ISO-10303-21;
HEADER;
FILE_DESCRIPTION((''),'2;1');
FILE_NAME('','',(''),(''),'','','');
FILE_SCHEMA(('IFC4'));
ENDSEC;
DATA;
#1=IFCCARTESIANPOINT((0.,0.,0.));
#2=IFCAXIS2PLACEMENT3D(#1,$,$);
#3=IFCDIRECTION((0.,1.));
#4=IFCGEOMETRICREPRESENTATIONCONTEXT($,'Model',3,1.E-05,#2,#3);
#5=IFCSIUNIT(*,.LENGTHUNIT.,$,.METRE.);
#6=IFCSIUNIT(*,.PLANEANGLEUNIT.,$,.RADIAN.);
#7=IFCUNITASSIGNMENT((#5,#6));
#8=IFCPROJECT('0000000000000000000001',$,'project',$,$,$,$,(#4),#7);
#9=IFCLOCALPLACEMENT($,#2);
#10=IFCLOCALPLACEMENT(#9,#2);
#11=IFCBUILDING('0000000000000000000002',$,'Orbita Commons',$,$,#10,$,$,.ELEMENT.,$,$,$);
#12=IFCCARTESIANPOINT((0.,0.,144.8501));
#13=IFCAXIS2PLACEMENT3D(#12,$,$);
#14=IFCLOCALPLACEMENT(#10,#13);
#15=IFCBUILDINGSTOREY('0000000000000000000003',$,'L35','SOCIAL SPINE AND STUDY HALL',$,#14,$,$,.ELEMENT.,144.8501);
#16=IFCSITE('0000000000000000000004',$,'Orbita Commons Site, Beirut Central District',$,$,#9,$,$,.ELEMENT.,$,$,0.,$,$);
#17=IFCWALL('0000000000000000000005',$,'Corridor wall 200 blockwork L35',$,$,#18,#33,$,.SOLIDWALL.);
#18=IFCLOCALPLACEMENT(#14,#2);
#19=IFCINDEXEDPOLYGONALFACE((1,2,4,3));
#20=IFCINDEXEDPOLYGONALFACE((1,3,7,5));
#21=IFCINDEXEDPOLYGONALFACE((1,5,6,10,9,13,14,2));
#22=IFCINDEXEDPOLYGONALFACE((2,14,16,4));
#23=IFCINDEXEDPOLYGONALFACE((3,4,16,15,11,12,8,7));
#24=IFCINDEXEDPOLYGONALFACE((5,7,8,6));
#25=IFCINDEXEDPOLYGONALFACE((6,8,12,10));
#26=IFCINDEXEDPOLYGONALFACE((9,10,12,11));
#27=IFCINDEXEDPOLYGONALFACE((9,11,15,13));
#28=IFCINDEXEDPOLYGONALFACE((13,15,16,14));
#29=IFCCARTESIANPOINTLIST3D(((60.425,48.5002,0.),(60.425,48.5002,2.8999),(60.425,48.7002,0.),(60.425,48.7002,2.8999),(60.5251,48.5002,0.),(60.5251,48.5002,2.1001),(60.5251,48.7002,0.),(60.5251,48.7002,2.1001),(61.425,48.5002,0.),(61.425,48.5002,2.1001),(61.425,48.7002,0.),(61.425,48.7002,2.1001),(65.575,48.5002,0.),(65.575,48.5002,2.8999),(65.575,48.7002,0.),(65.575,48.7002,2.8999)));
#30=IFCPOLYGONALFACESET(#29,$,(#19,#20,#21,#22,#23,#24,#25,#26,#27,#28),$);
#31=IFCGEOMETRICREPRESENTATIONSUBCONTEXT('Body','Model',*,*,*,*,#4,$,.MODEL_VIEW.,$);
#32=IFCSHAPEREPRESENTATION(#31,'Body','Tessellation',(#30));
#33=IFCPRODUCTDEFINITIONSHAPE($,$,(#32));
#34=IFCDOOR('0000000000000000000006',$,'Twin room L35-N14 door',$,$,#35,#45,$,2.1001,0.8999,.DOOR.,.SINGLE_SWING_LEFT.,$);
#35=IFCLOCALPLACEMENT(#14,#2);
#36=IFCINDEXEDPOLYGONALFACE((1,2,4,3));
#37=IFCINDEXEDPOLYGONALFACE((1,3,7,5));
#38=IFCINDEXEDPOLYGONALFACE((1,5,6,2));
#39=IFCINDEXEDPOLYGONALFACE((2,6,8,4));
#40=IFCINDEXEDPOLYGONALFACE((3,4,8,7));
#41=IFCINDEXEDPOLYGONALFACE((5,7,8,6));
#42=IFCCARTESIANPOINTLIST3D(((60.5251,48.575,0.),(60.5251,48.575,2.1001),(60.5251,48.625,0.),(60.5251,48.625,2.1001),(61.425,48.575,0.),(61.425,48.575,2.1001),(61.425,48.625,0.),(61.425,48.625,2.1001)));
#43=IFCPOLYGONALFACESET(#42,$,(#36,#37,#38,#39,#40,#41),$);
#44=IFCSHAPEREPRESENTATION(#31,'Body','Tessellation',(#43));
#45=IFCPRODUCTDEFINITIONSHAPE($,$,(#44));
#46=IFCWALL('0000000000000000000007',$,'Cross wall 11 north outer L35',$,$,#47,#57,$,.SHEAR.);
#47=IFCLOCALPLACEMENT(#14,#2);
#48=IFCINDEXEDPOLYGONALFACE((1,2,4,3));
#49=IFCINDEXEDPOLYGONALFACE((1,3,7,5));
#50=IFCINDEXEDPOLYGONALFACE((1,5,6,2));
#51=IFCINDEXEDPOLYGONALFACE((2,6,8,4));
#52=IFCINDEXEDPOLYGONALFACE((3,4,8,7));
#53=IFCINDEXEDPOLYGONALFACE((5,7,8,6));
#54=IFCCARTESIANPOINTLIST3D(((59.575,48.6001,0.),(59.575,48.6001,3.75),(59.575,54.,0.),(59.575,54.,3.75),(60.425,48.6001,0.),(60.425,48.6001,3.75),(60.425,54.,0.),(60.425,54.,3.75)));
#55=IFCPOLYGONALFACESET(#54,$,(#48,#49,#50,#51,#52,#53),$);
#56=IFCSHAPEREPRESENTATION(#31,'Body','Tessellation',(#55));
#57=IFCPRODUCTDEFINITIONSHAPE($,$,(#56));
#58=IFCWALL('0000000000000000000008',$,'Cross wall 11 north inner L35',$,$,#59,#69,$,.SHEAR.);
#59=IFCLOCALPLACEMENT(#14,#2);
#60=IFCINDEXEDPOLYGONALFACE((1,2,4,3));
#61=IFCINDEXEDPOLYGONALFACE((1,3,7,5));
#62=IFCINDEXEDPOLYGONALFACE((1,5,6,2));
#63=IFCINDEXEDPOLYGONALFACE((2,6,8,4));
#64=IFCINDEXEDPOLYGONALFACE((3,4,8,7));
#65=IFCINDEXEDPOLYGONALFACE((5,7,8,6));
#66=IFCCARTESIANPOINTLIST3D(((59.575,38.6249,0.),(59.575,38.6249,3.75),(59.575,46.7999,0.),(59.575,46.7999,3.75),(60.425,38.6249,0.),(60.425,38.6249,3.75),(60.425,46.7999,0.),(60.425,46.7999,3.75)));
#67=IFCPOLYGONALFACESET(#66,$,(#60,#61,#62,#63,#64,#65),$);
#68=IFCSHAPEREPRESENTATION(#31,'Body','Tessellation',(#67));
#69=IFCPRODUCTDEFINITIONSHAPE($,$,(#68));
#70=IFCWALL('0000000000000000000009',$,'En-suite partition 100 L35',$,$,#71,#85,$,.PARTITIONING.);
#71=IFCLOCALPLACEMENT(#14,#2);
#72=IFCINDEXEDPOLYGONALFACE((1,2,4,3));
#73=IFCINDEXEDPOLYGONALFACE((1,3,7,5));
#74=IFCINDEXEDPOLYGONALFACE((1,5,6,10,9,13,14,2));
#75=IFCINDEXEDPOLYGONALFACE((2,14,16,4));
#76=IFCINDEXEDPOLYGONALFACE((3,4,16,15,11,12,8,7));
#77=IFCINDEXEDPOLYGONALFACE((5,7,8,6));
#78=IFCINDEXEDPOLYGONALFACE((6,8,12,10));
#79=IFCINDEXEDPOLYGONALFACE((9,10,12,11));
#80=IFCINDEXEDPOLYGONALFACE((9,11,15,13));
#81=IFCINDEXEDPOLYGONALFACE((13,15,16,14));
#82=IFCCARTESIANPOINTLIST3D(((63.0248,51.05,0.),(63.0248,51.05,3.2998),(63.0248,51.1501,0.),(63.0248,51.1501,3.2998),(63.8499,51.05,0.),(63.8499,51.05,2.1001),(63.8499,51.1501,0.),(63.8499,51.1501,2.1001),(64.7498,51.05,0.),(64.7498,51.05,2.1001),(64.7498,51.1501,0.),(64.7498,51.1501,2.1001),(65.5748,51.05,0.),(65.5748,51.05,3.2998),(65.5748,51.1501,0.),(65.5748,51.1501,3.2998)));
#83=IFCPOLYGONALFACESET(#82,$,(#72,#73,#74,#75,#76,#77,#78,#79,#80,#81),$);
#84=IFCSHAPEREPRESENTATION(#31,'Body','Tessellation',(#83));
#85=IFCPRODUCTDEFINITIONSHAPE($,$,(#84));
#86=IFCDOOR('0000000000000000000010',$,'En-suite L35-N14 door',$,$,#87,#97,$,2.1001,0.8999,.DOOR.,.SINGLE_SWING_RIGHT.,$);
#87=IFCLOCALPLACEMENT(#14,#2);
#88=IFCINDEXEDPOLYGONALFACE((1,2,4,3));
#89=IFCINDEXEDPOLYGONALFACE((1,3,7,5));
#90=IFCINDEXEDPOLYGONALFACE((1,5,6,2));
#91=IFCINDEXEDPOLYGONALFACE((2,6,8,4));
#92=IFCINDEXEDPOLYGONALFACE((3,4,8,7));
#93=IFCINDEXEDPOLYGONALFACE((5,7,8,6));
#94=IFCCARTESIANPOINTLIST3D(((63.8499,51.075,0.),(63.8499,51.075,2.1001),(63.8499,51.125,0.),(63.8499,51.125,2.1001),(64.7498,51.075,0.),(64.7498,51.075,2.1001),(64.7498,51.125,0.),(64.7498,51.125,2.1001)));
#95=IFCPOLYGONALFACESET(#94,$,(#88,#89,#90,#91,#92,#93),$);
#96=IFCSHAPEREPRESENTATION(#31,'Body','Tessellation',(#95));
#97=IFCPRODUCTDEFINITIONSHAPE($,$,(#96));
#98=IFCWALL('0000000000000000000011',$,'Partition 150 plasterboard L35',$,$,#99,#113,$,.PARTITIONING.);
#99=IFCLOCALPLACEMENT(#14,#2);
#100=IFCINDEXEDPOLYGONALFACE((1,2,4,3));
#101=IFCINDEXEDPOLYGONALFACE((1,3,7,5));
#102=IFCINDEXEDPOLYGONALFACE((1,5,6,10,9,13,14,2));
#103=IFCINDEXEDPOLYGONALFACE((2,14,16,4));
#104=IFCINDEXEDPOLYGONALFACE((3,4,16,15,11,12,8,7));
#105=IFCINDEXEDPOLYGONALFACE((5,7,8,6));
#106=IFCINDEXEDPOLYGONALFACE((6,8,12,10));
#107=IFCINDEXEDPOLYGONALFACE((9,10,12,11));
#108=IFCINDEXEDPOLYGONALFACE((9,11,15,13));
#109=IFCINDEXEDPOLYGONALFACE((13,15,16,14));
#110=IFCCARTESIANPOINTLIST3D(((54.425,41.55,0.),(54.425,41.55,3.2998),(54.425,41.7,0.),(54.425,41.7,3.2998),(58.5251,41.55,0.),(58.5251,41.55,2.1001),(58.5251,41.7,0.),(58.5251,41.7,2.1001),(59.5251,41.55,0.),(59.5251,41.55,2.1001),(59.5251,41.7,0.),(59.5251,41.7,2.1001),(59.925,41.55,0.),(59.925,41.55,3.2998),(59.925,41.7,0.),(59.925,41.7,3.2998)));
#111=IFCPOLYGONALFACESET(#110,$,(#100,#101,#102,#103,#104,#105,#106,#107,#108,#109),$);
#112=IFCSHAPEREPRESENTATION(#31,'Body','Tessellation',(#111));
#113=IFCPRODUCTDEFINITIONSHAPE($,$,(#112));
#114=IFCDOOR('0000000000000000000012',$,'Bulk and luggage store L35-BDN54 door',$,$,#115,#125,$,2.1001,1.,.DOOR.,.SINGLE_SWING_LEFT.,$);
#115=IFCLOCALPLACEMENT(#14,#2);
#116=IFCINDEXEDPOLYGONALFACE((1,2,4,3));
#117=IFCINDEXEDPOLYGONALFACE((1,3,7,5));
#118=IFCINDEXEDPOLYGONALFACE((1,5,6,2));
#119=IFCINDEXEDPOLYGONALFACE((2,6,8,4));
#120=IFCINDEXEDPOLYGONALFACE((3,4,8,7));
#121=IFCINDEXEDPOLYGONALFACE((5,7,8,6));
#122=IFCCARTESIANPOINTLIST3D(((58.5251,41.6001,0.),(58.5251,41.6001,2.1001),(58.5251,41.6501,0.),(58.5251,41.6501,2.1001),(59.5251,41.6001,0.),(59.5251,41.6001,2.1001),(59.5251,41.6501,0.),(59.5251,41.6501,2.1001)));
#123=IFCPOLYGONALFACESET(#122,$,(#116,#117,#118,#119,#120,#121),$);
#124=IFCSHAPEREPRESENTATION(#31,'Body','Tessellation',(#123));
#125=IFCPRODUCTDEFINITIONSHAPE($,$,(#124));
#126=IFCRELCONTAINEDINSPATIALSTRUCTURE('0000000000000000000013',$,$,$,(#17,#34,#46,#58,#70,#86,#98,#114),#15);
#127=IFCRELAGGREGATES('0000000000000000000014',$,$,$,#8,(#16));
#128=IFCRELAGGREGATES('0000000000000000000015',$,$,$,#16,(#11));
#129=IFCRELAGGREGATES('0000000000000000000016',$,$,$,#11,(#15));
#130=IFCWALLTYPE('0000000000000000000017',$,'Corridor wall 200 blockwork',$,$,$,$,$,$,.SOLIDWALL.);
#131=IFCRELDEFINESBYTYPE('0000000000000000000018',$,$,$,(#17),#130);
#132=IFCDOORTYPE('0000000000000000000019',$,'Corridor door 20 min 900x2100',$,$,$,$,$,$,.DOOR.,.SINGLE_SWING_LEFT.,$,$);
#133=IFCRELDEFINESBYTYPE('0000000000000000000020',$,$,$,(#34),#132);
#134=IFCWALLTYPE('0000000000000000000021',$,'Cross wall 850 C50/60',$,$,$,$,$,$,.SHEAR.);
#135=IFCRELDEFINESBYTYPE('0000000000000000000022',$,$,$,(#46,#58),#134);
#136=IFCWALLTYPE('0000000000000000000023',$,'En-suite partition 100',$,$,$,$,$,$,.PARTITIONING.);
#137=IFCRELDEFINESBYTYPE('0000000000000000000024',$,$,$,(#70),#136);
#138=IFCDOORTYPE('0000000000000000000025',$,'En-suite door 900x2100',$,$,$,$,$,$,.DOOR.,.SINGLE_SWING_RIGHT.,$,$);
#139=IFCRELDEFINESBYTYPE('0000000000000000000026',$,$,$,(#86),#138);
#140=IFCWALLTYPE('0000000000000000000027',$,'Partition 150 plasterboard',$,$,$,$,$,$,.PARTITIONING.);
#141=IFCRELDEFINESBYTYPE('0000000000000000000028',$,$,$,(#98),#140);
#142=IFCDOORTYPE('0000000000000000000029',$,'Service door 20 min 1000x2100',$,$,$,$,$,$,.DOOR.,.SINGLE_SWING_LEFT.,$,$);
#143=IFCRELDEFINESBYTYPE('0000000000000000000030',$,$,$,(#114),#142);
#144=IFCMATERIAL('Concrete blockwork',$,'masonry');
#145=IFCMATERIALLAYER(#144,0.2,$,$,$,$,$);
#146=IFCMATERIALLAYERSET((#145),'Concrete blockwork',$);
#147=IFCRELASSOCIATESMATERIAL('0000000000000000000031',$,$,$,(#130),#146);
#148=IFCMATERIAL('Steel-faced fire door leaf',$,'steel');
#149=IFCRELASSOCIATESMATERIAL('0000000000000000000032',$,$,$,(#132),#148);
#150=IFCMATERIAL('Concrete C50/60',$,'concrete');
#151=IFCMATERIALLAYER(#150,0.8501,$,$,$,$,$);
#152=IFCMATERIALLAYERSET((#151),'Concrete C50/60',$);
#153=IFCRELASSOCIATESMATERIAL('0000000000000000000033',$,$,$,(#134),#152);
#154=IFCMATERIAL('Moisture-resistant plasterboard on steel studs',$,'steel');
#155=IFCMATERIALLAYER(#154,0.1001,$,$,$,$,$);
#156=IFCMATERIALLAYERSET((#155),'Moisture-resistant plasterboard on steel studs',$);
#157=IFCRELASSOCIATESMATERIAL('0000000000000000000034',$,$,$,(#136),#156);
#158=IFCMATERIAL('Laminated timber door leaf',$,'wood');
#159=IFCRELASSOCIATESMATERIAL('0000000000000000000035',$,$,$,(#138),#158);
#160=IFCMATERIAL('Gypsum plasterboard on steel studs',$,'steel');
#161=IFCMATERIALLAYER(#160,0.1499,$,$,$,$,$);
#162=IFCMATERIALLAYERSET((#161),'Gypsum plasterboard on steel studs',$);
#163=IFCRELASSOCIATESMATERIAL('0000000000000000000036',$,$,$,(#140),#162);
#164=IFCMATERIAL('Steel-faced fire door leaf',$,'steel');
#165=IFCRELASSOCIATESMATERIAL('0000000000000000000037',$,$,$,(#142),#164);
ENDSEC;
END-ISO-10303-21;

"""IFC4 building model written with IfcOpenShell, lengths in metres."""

from ifc_helpers import new_model, si_unit, direction, frame, frame_2d, origin, place, context, subcontext, project, spatial, polyline, rectangle, outline, extrude, material, layer, layer_set, type_object, element, fill, save


model = new_model("IFC4")

# Units and contexts
model_context = context("Model", 3, precision=1e-05, world=origin(), true_north=direction((0.0, 1.0)))
body_context = subcontext(model_context, "Body", "Model", "MODEL_VIEW")
ifc_project = project(units=[si_unit("LENGTHUNIT", "METRE"), si_unit("PLANEANGLEUNIT", "RADIAN")], contexts=[model_context])

# Site, building, storey
site_placement = place(None, origin())
site = spatial("IfcSite", under=ifc_project, at=site_placement, Name="Orbita Commons Site, Beirut Central District", CompositionType="ELEMENT", RefElevation=0.0)
building_placement = place(site_placement, origin())
building = spatial("IfcBuilding", under=site, at=building_placement, Name="Orbita Commons", CompositionType="ELEMENT")
storey_placement = place(building_placement, frame((0.0, 0.0, 144.8501)))
storey = spatial("IfcBuildingStorey", under=building, at=storey_placement, Name="L35", Description="SOCIAL SPINE AND STUDY HALL", CompositionType="ELEMENT", Elevation=144.8501)

# Wall, opening, door
ifc_material_1 = material(Name="Concrete blockwork", Category="masonry")
ifc_layer_1 = layer(ifc_material_1, 0.2)
ifc_layer_set_1 = layer_set([ifc_layer_1], Name="Concrete blockwork")
wall_type_1 = type_object("IfcWallType", Name="Corridor wall 200 blockwork", PredefinedType="SOLIDWALL", material=ifc_layer_set_1)
wall_1_placement = place(storey_placement, frame((60.425, 48.6001, 0.0), z_axis=(0.0, 0.0, 1.0), x_axis=(1.0, 0.0, 0.0)))
wall_1 = element("IfcWall", 1, at=wall_1_placement, inside=storey, type_object=wall_type_1, Name="Corridor wall 200 blockwork L35", PredefinedType="SOLIDWALL", context=body_context, shape_type="SweptSolid", body=[
    extrude(outline(polyline([(0.0, 0.0), (5.1499, 0.0), (5.1499, 2.8999), (0.0, 2.8999), (0.0, 0.0)])), frame((0.0, 0.1001, 0.0), z_axis=(0.0, -1.0, 0.0), x_axis=(1.0, 0.0, 0.0)), (0.0, 0.0, 1.0), 0.2),
])
opening_1_placement = place(wall_1_placement, frame((0.1001, 0.0, 0.0)))
opening_1 = element("IfcOpeningElement", 2, at=opening_1_placement, cuts=wall_1, PredefinedType="OPENING", context=body_context, shape_type="SweptSolid", body=[
    extrude(rectangle(XDim=0.8999, YDim=2.1001, at=frame_2d((0.45, 1.05))), frame((0.0, 0.1099, 0.0), z_axis=(0.0, -1.0, 0.0), x_axis=(1.0, 0.0, 0.0)), (0.0, 0.0, 1.0), 0.22),
])
ifc_material_2 = material(Name="Steel-faced fire door leaf", Category="steel")
door_type_1 = type_object("IfcDoorType", Name="Corridor door 20 min 900x2100", OperationType="SINGLE_SWING_LEFT", PredefinedType="DOOR", material=ifc_material_2)
door_1_placement = place(opening_1_placement, origin())
door_1 = element("IfcDoor", 3, at=door_1_placement, inside=storey, type_object=door_type_1, Name="Twin room L35-N14 door", OperationType="SINGLE_SWING_LEFT", OverallHeight=2.1001, OverallWidth=0.8999, PredefinedType="DOOR", context=body_context, shape_type="SweptSolid", body=[
    extrude(rectangle(XDim=0.8999, YDim=2.1001, at=frame_2d((0.45, 1.05))), frame((0.0, 0.0249, 0.0), z_axis=(0.0, -1.0, 0.0), x_axis=(1.0, 0.0, 0.0)), (0.0, 0.0, 1.0), 0.05),
])
fill(opening_1, door_1)

# Walls
ifc_material_3 = material(Name="Concrete C50/60", Category="concrete")
ifc_layer_2 = layer(ifc_material_3, 0.8501)
ifc_layer_set_2 = layer_set([ifc_layer_2], Name="Concrete C50/60")
wall_type_2 = type_object("IfcWallType", Name="Cross wall 850 C50/60", PredefinedType="SHEAR", material=ifc_layer_set_2)
wall_2_placement = place(storey_placement, frame((60.0, 48.6001, 0.0), z_axis=(0.0, 0.0, 1.0), x_axis=(0.0, 1.0, 0.0)))
element("IfcWall", 4, at=wall_2_placement, inside=storey, type_object=wall_type_2, Name="Cross wall 11 north outer L35", PredefinedType="SHEAR", context=body_context, shape_type="SweptSolid", body=[
    extrude(rectangle(XDim=5.3999, YDim=0.8501, at=frame_2d((2.7, 0.0))), origin(), (0.0, 0.0, 1.0), 3.75),
])
wall_3_placement = place(storey_placement, frame((60.0, 38.625, 0.0), z_axis=(0.0, 0.0, 1.0), x_axis=(0.0, 1.0, 0.0)))
element("IfcWall", 5, at=wall_3_placement, inside=storey, type_object=wall_type_2, Name="Cross wall 11 north inner L35", PredefinedType="SHEAR", context=body_context, shape_type="SweptSolid", body=[
    extrude(rectangle(XDim=8.175, YDim=0.8501, at=frame_2d((4.0874, 0.0))), origin(), (0.0, 0.0, 1.0), 3.75),
])

# Walls, openings, doors
ifc_material_4 = material(Name="Moisture-resistant plasterboard on steel studs", Category="steel")
ifc_layer_3 = layer(ifc_material_4, 0.1001)
ifc_layer_set_3 = layer_set([ifc_layer_3], Name="Moisture-resistant plasterboard on steel studs")
wall_type_3 = type_object("IfcWallType", Name="En-suite partition 100", PredefinedType="PARTITIONING", material=ifc_layer_set_3)
wall_4_placement = place(storey_placement, frame((63.0249, 51.1001, 0.0), z_axis=(0.0, 0.0, 1.0), x_axis=(1.0, 0.0, 0.0)))
wall_4 = element("IfcWall", 6, at=wall_4_placement, inside=storey, type_object=wall_type_3, Name="En-suite partition 100 L35", PredefinedType="PARTITIONING", context=body_context, shape_type="SweptSolid", body=[
    extrude(rectangle(XDim=2.55, YDim=0.1001, at=frame_2d((1.2749, 0.0))), origin(), (0.0, 0.0, 1.0), 3.2998),
])
opening_2_placement = place(wall_4_placement, frame((0.825, 0.0, 0.0)))
opening_2 = element("IfcOpeningElement", 7, at=opening_2_placement, cuts=wall_4, PredefinedType="OPENING", context=body_context, shape_type="SweptSolid", body=[
    extrude(rectangle(XDim=0.8999, YDim=2.1001, at=frame_2d((0.45, 1.05))), frame((0.0, 0.0601, 0.0), z_axis=(0.0, -1.0, 0.0), x_axis=(1.0, 0.0, 0.0)), (0.0, 0.0, 1.0), 0.1201),
])
ifc_material_5 = material(Name="Laminated timber door leaf", Category="wood")
door_type_2 = type_object("IfcDoorType", Name="En-suite door 900x2100", OperationType="SINGLE_SWING_RIGHT", PredefinedType="DOOR", material=ifc_material_5)
door_2_placement = place(opening_2_placement, origin())
door_2 = element("IfcDoor", 8, at=door_2_placement, inside=storey, type_object=door_type_2, Name="En-suite L35-N14 door", OperationType="SINGLE_SWING_RIGHT", OverallHeight=2.1001, OverallWidth=0.8999, PredefinedType="DOOR", context=body_context, shape_type="SweptSolid", body=[
    extrude(rectangle(XDim=0.8999, YDim=2.1001, at=frame_2d((0.45, 1.05))), frame((0.0, 0.0249, 0.0), z_axis=(0.0, -1.0, 0.0), x_axis=(1.0, 0.0, 0.0)), (0.0, 0.0, 1.0), 0.05),
])
fill(opening_2, door_2)
ifc_material_6 = material(Name="Gypsum plasterboard on steel studs", Category="steel")
ifc_layer_4 = layer(ifc_material_6, 0.1499)
ifc_layer_set_4 = layer_set([ifc_layer_4], Name="Gypsum plasterboard on steel studs")
wall_type_4 = type_object("IfcWallType", Name="Partition 150 plasterboard", PredefinedType="PARTITIONING", material=ifc_layer_set_4)
wall_5_placement = place(storey_placement, frame((59.925, 41.625, 0.0), z_axis=(0.0, 0.0, 1.0), x_axis=(-1.0, 0.0, 0.0)))
wall_5 = element("IfcWall", 9, at=wall_5_placement, inside=storey, type_object=wall_type_4, Name="Partition 150 plasterboard L35", PredefinedType="PARTITIONING", context=body_context, shape_type="SweptSolid", body=[
    extrude(rectangle(XDim=5.5, YDim=0.1499, at=frame_2d((2.75, 0.0))), origin(), (0.0, 0.0, 1.0), 3.2998),
])
opening_3_placement = place(wall_5_placement, frame((0.3999, 0.0, 0.0)))
opening_3 = element("IfcOpeningElement", 10, at=opening_3_placement, cuts=wall_5, PredefinedType="OPENING", context=body_context, shape_type="SweptSolid", body=[
    extrude(rectangle(XDim=1.0, YDim=2.1001, at=frame_2d((0.5, 1.05))), frame((0.0, 0.085, 0.0), z_axis=(0.0, -1.0, 0.0), x_axis=(1.0, 0.0, 0.0)), (0.0, 0.0, 1.0), 0.1699),
])
ifc_material_7 = material(Name="Steel-faced fire door leaf", Category="steel")
door_type_3 = type_object("IfcDoorType", Name="Service door 20 min 1000x2100", OperationType="SINGLE_SWING_LEFT", PredefinedType="DOOR", material=ifc_material_7)
door_3_placement = place(opening_3_placement, origin())
door_3 = element("IfcDoor", 11, at=door_3_placement, inside=storey, type_object=door_type_3, Name="Bulk and luggage store L35-BDN54 door", OperationType="SINGLE_SWING_LEFT", OverallHeight=2.1001, OverallWidth=1.0, PredefinedType="DOOR", context=body_context, shape_type="SweptSolid", body=[
    extrude(rectangle(XDim=1.0, YDim=2.1001, at=frame_2d((0.5, 1.05))), frame((0.0, 0.0249, 0.0), z_axis=(0.0, -1.0, 0.0), x_axis=(1.0, 0.0, 0.0)), (0.0, 0.0, 1.0), 0.05),
])
fill(opening_3, door_3)

save(model, "model.ifc")
